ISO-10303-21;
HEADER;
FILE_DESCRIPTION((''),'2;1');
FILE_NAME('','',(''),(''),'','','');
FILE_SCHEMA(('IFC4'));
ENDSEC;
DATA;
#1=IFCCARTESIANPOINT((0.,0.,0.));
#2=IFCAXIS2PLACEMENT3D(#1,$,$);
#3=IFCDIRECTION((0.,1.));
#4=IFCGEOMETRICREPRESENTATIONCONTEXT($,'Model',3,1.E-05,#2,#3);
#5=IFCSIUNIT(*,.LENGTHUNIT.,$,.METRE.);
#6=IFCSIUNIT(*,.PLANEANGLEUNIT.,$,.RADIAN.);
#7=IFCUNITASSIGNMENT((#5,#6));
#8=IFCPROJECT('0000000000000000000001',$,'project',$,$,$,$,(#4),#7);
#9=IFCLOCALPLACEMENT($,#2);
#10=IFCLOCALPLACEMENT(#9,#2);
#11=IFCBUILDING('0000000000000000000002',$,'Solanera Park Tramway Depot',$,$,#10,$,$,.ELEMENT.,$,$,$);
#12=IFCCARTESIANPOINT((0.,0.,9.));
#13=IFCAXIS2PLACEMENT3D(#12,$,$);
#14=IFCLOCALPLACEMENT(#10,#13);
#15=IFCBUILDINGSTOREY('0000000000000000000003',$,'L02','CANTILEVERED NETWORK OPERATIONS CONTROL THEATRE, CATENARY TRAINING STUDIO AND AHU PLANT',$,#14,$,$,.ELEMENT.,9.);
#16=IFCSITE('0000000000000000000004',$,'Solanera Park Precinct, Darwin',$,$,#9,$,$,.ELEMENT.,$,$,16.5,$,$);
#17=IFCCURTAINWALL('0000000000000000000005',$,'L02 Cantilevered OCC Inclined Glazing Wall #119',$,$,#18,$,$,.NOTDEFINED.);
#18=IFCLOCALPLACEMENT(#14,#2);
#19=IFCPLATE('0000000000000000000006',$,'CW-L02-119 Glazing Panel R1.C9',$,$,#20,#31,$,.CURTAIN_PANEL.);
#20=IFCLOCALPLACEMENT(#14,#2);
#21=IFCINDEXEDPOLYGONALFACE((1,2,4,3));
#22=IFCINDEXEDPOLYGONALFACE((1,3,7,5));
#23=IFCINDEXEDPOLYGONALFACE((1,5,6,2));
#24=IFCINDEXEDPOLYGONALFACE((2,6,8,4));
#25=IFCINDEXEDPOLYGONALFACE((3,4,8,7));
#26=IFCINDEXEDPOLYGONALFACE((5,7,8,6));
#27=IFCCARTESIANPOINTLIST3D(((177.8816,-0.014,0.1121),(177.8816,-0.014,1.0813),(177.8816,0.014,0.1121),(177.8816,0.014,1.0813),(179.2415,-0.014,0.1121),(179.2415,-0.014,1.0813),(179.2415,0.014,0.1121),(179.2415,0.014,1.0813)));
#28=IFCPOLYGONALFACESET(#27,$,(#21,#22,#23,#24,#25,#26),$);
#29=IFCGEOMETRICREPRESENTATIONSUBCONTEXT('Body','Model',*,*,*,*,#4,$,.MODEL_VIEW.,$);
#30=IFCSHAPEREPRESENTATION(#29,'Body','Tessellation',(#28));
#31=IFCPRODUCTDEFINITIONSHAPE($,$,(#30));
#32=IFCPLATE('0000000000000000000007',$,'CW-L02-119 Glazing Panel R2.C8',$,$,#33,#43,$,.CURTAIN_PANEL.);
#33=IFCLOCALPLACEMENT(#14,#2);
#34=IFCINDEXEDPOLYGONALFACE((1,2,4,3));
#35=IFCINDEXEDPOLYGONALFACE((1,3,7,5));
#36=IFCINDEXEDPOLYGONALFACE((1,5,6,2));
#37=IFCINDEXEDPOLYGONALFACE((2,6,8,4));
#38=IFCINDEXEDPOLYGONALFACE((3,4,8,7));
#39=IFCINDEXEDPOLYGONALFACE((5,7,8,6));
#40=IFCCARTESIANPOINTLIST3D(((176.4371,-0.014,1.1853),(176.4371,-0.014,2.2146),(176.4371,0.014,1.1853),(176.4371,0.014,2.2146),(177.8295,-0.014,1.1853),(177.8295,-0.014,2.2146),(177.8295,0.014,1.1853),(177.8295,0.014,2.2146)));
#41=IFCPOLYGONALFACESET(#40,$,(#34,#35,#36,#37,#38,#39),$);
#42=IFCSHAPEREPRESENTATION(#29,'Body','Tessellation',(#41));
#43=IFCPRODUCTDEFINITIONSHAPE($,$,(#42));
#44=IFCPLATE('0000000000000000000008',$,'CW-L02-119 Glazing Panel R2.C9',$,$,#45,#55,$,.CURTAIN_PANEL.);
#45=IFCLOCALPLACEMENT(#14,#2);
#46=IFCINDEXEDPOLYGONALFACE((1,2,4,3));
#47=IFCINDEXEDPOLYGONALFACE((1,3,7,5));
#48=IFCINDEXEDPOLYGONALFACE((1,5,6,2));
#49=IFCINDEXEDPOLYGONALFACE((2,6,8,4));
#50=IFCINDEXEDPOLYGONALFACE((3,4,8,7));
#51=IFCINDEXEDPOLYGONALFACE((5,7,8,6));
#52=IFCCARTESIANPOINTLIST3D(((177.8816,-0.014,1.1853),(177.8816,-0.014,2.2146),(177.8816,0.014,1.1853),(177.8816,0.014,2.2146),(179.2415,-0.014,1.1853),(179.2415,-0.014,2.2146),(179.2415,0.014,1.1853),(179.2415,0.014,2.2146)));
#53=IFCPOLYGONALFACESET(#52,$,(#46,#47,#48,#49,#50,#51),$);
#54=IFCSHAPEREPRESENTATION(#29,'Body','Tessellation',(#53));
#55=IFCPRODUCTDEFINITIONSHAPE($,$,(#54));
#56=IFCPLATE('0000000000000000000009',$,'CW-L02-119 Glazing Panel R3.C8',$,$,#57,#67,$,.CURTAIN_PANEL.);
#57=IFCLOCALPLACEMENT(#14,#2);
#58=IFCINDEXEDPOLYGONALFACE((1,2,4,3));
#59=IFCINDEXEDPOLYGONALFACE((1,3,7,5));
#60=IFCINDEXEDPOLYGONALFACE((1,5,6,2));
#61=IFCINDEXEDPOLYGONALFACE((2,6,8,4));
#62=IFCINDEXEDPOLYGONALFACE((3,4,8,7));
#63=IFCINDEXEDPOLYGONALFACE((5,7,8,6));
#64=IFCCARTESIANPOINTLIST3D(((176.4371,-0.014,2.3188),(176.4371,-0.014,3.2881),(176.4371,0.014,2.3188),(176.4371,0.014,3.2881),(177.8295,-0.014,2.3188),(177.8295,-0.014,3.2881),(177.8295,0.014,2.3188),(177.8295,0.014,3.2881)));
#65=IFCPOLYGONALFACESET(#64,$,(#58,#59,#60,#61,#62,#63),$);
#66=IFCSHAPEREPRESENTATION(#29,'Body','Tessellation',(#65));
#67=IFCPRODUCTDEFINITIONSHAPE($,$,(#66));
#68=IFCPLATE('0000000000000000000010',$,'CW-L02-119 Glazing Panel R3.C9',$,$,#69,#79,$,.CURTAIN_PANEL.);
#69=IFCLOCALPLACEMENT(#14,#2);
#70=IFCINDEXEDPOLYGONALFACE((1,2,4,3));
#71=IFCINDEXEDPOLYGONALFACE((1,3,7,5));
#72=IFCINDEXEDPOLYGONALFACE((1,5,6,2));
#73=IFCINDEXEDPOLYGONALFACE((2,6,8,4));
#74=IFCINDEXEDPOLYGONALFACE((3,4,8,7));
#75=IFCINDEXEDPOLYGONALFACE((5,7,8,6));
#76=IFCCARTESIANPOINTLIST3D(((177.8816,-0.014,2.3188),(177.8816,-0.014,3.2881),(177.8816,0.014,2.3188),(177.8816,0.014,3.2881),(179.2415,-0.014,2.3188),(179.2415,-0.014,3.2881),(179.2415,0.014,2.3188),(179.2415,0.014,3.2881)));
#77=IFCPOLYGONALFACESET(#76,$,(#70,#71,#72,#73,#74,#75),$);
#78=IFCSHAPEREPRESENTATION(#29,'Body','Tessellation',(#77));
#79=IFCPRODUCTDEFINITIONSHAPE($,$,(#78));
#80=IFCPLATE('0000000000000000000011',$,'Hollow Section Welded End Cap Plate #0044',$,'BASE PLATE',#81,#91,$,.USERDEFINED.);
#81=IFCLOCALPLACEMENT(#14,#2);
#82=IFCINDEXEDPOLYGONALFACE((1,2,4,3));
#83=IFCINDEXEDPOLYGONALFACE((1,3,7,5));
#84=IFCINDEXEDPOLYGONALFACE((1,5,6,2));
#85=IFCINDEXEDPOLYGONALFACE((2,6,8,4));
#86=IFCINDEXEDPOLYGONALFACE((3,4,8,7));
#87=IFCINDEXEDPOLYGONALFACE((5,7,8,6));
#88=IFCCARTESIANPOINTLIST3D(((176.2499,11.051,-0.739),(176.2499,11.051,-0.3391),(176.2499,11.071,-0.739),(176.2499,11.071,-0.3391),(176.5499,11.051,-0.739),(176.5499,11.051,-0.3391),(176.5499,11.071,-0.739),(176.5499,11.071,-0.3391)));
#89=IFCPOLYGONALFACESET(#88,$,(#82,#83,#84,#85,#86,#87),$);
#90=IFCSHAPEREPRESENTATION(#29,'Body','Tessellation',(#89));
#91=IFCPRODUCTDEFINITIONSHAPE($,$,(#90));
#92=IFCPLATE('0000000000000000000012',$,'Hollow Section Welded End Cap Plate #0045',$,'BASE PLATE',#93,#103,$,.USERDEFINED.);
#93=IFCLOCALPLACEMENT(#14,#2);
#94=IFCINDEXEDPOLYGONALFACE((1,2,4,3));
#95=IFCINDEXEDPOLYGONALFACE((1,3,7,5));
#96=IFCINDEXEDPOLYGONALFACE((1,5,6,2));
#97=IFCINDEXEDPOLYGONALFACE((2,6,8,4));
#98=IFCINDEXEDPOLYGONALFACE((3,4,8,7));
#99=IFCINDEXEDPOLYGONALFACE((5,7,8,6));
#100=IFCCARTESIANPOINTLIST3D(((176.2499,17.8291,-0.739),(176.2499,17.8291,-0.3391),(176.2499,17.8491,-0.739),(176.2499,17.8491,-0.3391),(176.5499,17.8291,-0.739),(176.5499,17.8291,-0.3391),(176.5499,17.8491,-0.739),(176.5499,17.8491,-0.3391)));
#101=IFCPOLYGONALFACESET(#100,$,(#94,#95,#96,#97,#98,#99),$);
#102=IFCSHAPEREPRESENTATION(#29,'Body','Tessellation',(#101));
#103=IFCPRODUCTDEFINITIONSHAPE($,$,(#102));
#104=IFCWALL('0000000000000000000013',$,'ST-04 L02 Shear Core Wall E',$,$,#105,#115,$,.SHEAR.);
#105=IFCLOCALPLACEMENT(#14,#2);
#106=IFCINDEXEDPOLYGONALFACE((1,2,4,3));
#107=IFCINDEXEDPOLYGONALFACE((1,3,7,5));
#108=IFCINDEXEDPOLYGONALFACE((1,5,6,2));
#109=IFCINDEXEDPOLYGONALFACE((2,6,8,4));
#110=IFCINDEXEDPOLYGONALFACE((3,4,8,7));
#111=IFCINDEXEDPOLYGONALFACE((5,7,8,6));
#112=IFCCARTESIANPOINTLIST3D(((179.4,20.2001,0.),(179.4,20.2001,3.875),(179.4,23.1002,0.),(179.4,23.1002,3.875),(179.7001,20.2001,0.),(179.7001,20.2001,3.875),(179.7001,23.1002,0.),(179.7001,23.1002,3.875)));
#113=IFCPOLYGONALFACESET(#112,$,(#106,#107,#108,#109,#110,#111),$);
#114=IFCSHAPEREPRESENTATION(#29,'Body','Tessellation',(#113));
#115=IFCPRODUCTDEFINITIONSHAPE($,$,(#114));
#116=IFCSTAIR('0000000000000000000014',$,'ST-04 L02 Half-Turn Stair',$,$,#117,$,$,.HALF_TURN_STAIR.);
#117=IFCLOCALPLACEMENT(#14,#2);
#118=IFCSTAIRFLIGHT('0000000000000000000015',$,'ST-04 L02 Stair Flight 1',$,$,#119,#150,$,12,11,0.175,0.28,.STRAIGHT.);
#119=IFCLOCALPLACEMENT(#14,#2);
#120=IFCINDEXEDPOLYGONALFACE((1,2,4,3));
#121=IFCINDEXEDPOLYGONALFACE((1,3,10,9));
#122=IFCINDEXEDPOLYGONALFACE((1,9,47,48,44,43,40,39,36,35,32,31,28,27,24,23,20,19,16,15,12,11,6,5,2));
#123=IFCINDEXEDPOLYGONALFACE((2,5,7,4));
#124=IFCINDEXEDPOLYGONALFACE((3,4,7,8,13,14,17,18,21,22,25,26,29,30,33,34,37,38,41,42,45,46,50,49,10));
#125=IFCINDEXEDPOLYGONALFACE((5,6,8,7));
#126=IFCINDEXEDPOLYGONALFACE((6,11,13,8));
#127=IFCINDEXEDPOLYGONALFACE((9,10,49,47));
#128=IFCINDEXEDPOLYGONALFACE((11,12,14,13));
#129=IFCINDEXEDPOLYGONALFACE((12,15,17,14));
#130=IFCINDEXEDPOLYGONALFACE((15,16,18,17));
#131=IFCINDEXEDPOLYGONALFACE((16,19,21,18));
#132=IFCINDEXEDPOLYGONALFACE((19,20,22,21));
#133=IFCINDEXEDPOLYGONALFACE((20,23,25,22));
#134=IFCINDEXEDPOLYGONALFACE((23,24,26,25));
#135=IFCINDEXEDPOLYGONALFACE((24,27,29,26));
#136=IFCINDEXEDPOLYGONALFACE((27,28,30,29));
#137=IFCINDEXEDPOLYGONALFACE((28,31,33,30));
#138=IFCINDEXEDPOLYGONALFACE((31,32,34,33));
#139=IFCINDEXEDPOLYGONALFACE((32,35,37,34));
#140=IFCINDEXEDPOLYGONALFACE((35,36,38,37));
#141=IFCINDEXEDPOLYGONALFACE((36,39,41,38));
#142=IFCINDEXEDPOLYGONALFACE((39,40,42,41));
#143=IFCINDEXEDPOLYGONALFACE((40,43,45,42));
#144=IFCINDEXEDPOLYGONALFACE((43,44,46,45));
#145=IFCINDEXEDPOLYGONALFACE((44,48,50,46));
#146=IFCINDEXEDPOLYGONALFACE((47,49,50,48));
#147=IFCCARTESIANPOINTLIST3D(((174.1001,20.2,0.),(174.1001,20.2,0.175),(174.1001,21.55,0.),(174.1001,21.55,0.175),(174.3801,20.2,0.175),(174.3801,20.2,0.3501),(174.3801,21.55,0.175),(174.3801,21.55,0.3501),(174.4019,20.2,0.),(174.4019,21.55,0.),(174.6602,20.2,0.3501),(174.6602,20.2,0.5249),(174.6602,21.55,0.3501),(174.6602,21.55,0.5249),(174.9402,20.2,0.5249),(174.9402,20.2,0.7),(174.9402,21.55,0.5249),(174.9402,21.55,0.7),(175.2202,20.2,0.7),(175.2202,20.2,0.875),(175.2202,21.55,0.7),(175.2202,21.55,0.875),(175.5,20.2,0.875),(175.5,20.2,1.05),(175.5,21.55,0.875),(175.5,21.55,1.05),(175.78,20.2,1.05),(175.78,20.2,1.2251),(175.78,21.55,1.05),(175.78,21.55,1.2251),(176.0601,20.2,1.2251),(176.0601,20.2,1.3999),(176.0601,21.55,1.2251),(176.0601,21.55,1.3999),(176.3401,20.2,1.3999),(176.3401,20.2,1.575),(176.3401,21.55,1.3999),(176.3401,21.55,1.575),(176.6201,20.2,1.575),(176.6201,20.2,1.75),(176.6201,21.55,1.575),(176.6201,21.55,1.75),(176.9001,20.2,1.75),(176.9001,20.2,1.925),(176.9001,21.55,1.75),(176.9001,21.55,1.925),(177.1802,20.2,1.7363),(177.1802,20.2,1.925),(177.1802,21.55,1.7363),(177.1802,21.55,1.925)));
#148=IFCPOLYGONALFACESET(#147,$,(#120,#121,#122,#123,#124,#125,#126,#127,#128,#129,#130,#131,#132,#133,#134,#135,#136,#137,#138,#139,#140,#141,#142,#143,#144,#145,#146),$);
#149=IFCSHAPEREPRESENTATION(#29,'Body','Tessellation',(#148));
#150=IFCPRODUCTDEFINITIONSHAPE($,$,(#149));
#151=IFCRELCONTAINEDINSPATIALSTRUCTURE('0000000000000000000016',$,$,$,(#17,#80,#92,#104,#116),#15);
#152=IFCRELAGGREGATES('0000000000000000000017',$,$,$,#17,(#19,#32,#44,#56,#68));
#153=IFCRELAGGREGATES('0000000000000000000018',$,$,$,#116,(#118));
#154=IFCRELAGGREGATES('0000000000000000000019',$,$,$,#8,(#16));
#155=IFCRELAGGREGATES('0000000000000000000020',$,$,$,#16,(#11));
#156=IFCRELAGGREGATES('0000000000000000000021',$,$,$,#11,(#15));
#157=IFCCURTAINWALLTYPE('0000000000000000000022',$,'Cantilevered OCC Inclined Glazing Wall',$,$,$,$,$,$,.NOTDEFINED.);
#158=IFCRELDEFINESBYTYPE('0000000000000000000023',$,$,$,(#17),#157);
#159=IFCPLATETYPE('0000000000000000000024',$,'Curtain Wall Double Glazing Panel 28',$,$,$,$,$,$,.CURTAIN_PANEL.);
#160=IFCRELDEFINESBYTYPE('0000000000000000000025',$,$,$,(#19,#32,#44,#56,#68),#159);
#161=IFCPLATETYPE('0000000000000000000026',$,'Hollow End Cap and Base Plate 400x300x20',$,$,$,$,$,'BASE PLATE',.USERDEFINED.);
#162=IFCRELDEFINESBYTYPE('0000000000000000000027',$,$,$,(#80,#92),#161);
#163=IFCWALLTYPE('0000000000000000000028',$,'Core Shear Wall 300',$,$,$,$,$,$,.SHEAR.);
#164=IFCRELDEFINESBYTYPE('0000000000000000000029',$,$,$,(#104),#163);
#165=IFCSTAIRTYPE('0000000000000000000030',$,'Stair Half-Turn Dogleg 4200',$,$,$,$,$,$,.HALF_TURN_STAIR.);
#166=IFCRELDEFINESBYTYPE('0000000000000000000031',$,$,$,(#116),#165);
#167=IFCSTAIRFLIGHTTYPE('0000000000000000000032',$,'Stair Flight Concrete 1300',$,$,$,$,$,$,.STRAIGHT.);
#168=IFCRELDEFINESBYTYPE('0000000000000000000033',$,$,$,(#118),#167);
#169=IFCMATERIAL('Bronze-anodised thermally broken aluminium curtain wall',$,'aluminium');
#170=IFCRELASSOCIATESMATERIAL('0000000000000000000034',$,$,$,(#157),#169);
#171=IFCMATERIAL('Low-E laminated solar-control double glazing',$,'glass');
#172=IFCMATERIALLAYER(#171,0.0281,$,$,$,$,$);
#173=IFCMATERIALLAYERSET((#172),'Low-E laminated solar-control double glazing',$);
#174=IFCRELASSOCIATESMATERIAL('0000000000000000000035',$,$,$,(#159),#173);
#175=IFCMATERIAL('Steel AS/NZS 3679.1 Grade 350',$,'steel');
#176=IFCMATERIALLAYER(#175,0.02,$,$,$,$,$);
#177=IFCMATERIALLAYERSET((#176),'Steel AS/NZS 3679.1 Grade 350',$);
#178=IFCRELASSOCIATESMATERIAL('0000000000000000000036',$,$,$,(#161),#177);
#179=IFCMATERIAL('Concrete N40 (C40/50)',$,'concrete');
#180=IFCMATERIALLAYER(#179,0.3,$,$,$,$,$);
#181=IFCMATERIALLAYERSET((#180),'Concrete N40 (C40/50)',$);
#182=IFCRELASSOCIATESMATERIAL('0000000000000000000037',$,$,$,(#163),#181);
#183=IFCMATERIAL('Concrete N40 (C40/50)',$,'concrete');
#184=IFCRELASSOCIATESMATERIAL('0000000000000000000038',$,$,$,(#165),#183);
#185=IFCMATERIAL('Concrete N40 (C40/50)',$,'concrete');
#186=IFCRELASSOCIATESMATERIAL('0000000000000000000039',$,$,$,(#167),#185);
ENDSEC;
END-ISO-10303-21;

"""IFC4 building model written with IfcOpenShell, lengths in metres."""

from ifc_helpers import new_model, si_unit, direction, frame, frame_2d, origin, origin_2d, place, context, subcontext, project, spatial, polyline, rectangle, outline, extrude, material, layer, layer_set, type_object, element, aggregate, save


model = new_model("IFC4")

# Units and contexts
model_context = context("Model", 3, precision=1e-05, world=origin(), true_north=direction((0.0, 1.0)))
body_context = subcontext(model_context, "Body", "Model", "MODEL_VIEW")
ifc_project = project(units=[si_unit("LENGTHUNIT", "METRE"), si_unit("PLANEANGLEUNIT", "RADIAN")], contexts=[model_context])

# Site, building, storey
site_placement = place(None, origin())
site = spatial("IfcSite", under=ifc_project, at=site_placement, Name="Solanera Park Precinct, Darwin", CompositionType="ELEMENT", RefElevation=16.5)
building_placement = place(site_placement, origin())
building = spatial("IfcBuilding", under=site, at=building_placement, Name="Solanera Park Tramway Depot", CompositionType="ELEMENT")
storey_placement = place(building_placement, frame((0.0, 0.0, 9.0)))
storey = spatial("IfcBuildingStorey", under=building, at=storey_placement, Name="L02", Description="CANTILEVERED NETWORK OPERATIONS CONTROL THEATRE, CATENARY TRAINING STUDIO AND AHU PLANT", CompositionType="ELEMENT", Elevation=9.0)

# Curtain wall
ifc_material_1 = material(Name="Bronze-anodised thermally broken aluminium curtain wall", Category="aluminium")
curtain_wall_type = type_object("IfcCurtainWallType", Name="Cantilevered OCC Inclined Glazing Wall", PredefinedType="NOTDEFINED", material=ifc_material_1)
curtain_wall_placement = place(storey_placement, origin())
curtain_wall = element("IfcCurtainWall", 1, at=curtain_wall_placement, inside=storey, type_object=curtain_wall_type, Name="L02 Cantilevered OCC Inclined Glazing Wall #119", PredefinedType="NOTDEFINED")

# Plates
ifc_material_2 = material(Name="Low-E laminated solar-control double glazing", Category="glass")
ifc_layer_1 = layer(ifc_material_2, 0.0281)
ifc_layer_set_1 = layer_set([ifc_layer_1], Name="Low-E laminated solar-control double glazing")
plate_type_1 = type_object("IfcPlateType", Name="Curtain Wall Double Glazing Panel 28", PredefinedType="CURTAIN_PANEL", material=ifc_layer_set_1)
plate_1_placement = place(storey_placement, frame((178.5615, 0.0, 0.1121), z_axis=(0.0, 0.0, 1.0), x_axis=(1.0, 0.0, 0.0)))
plate_1 = element("IfcPlate", 2, at=plate_1_placement, type_object=plate_type_1, Name="CW-L02-119 Glazing Panel R1.C9", PredefinedType="CURTAIN_PANEL", context=body_context, shape_type="SweptSolid", body=[
    extrude(rectangle(XDim=1.3599, YDim=0.0281, at=origin_2d()), origin(), (0.0, 0.0, 1.0), 0.9692),
])
plate_2_placement = place(storey_placement, frame((177.1333, 0.0, 1.1853), z_axis=(0.0, 0.0, 1.0), x_axis=(1.0, 0.0, 0.0)))
plate_2 = element("IfcPlate", 3, at=plate_2_placement, type_object=plate_type_1, Name="CW-L02-119 Glazing Panel R2.C8", PredefinedType="CURTAIN_PANEL", context=body_context, shape_type="SweptSolid", body=[
    extrude(rectangle(XDim=1.3923, YDim=0.0281, at=origin_2d()), origin(), (0.0, 0.0, 1.0), 1.0293),
])
plate_3_placement = place(storey_placement, frame((178.5615, 0.0, 1.1853), z_axis=(0.0, 0.0, 1.0), x_axis=(1.0, 0.0, 0.0)))
plate_3 = element("IfcPlate", 4, at=plate_3_placement, type_object=plate_type_1, Name="CW-L02-119 Glazing Panel R2.C9", PredefinedType="CURTAIN_PANEL", context=body_context, shape_type="SweptSolid", body=[
    extrude(rectangle(XDim=1.3599, YDim=0.0281, at=origin_2d()), origin(), (0.0, 0.0, 1.0), 1.0293),
])
plate_4_placement = place(storey_placement, frame((177.1333, 0.0, 2.3188), z_axis=(0.0, 0.0, 1.0), x_axis=(1.0, 0.0, 0.0)))
plate_4 = element("IfcPlate", 5, at=plate_4_placement, type_object=plate_type_1, Name="CW-L02-119 Glazing Panel R3.C8", PredefinedType="CURTAIN_PANEL", context=body_context, shape_type="SweptSolid", body=[
    extrude(rectangle(XDim=1.3923, YDim=0.0281, at=origin_2d()), origin(), (0.0, 0.0, 1.0), 0.9692),
])
plate_5_placement = place(storey_placement, frame((178.5615, 0.0, 2.3188), z_axis=(0.0, 0.0, 1.0), x_axis=(1.0, 0.0, 0.0)))
plate_5 = element("IfcPlate", 6, at=plate_5_placement, type_object=plate_type_1, Name="CW-L02-119 Glazing Panel R3.C9", PredefinedType="CURTAIN_PANEL", context=body_context, shape_type="SweptSolid", body=[
    extrude(rectangle(XDim=1.3599, YDim=0.0281, at=origin_2d()), origin(), (0.0, 0.0, 1.0), 0.9692),
])
aggregate(curtain_wall, [plate_1, plate_2, plate_3, plate_4, plate_5])

# Plates
ifc_material_3 = material(Name="Steel AS/NZS 3679.1 Grade 350", Category="steel")
ifc_layer_2 = layer(ifc_material_3, 0.02)
ifc_layer_set_2 = layer_set([ifc_layer_2], Name="Steel AS/NZS 3679.1 Grade 350")
plate_type_2 = type_object("IfcPlateType", Name="Hollow End Cap and Base Plate 400x300x20", ElementType="BASE PLATE", PredefinedType="USERDEFINED", material=ifc_layer_set_2)
for number, where, z_axis, x_axis, name in (
    (7, (176.3999, 11.061, -0.739), (0.0, 0.0, 1.0), (0.0, 1.0, 0.0), "Hollow Section Welded End Cap Plate #0044"),
    (8, (176.3999, 17.8391, -0.739), (0.0, 0.0, 1.0), (0.0, 1.0, 0.0), "Hollow Section Welded End Cap Plate #0045"),
):
    element("IfcPlate", number, at=place(storey_placement, frame(where, z_axis=z_axis, x_axis=x_axis)), inside=storey, type_object=plate_type_2, Name=name, ObjectType="BASE PLATE", PredefinedType="USERDEFINED", context=body_context, shape_type="SweptSolid", body=[
        extrude(rectangle(XDim=0.02, YDim=0.3, at=origin_2d()), origin(), (0.0, 0.0, 1.0), 0.3999),
    ])

# Shared definitions
ifc_material_4 = material(Name="Concrete N40 (C40/50)", Category="concrete")
ifc_layer_3 = layer(ifc_material_4, 0.3)
ifc_layer_set_3 = layer_set([ifc_layer_3], Name="Concrete N40 (C40/50)")
wall_type = type_object("IfcWallType", Name="Core Shear Wall 300", PredefinedType="SHEAR", material=ifc_layer_set_3)

# Wall
wall_1_placement = place(storey_placement, frame((179.55, 20.2, 0.0), z_axis=(0.0, 0.0, 1.0), x_axis=(0.0, 1.0, 0.0)))
element("IfcWall", 9, at=wall_1_placement, inside=storey, type_object=wall_type, Name="ST-04 L02 Shear Core Wall E", PredefinedType="SHEAR", context=body_context, shape_type="SweptSolid", body=[
    extrude(rectangle(XDim=2.9001, YDim=0.3, at=frame_2d((1.4502, 0.0))), origin(), (0.0, 0.0, 1.0), 3.875),
])

# Stair, stair flight
ifc_material_5 = material(Name="Concrete N40 (C40/50)", Category="concrete")
stair_type = type_object("IfcStairType", Name="Stair Half-Turn Dogleg 4200", PredefinedType="HALF_TURN_STAIR", material=ifc_material_5)
stair_placement = place(storey_placement, origin())
stair = element("IfcStair", 10, at=stair_placement, inside=storey, type_object=stair_type, Name="ST-04 L02 Half-Turn Stair", PredefinedType="HALF_TURN_STAIR")
ifc_material_6 = material(Name="Concrete N40 (C40/50)", Category="concrete")
stair_flight_type = type_object("IfcStairFlightType", Name="Stair Flight Concrete 1300", PredefinedType="STRAIGHT", material=ifc_material_6)
stair_flight_placement = place(storey_placement, frame((174.1001, 20.875, 0.0), z_axis=(0.0, 0.0, 1.0), x_axis=(1.0, 0.0, 0.0)))
stair_flight = element("IfcStairFlight", 11, at=stair_flight_placement, type_object=stair_flight_type, Name="ST-04 L02 Stair Flight 1", NumberOfRisers=12, NumberOfTreads=11, PredefinedType="STRAIGHT", RiserHeight=0.175, TreadLength=0.28, context=body_context, shape_type="SweptSolid", body=[
    extrude(outline(polyline([(0.0, 0.0), (0.0, 0.175), (0.28, 0.175), (0.28, 0.3501), (0.5601, 0.3501), (0.5601, 0.5249), (0.8401, 0.5249), (0.8401, 0.7), (1.1201, 0.7), (1.1201, 0.875), (1.3999, 0.875), (1.3999, 1.05), (1.6799, 1.05), (1.6799, 1.2251), (1.96, 1.2251), (1.96, 1.3999), (2.24, 1.3999), (2.24, 1.575), (2.52, 1.575), (2.52, 1.75), (2.8, 1.75), (2.8, 1.925), (3.0801, 1.925), (3.0801, 2.1001), (3.0801, 1.7363), (0.3018, 0.0), (0.0, 0.0)])), frame((0.0, 0.675, 0.0), z_axis=(0.0, -1.0, 0.0), x_axis=(1.0, 0.0, 0.0)), (0.0, 0.0, 1.0), 1.3501),
])
aggregate(stair, [stair_flight])

save(model, "model.ifc")
